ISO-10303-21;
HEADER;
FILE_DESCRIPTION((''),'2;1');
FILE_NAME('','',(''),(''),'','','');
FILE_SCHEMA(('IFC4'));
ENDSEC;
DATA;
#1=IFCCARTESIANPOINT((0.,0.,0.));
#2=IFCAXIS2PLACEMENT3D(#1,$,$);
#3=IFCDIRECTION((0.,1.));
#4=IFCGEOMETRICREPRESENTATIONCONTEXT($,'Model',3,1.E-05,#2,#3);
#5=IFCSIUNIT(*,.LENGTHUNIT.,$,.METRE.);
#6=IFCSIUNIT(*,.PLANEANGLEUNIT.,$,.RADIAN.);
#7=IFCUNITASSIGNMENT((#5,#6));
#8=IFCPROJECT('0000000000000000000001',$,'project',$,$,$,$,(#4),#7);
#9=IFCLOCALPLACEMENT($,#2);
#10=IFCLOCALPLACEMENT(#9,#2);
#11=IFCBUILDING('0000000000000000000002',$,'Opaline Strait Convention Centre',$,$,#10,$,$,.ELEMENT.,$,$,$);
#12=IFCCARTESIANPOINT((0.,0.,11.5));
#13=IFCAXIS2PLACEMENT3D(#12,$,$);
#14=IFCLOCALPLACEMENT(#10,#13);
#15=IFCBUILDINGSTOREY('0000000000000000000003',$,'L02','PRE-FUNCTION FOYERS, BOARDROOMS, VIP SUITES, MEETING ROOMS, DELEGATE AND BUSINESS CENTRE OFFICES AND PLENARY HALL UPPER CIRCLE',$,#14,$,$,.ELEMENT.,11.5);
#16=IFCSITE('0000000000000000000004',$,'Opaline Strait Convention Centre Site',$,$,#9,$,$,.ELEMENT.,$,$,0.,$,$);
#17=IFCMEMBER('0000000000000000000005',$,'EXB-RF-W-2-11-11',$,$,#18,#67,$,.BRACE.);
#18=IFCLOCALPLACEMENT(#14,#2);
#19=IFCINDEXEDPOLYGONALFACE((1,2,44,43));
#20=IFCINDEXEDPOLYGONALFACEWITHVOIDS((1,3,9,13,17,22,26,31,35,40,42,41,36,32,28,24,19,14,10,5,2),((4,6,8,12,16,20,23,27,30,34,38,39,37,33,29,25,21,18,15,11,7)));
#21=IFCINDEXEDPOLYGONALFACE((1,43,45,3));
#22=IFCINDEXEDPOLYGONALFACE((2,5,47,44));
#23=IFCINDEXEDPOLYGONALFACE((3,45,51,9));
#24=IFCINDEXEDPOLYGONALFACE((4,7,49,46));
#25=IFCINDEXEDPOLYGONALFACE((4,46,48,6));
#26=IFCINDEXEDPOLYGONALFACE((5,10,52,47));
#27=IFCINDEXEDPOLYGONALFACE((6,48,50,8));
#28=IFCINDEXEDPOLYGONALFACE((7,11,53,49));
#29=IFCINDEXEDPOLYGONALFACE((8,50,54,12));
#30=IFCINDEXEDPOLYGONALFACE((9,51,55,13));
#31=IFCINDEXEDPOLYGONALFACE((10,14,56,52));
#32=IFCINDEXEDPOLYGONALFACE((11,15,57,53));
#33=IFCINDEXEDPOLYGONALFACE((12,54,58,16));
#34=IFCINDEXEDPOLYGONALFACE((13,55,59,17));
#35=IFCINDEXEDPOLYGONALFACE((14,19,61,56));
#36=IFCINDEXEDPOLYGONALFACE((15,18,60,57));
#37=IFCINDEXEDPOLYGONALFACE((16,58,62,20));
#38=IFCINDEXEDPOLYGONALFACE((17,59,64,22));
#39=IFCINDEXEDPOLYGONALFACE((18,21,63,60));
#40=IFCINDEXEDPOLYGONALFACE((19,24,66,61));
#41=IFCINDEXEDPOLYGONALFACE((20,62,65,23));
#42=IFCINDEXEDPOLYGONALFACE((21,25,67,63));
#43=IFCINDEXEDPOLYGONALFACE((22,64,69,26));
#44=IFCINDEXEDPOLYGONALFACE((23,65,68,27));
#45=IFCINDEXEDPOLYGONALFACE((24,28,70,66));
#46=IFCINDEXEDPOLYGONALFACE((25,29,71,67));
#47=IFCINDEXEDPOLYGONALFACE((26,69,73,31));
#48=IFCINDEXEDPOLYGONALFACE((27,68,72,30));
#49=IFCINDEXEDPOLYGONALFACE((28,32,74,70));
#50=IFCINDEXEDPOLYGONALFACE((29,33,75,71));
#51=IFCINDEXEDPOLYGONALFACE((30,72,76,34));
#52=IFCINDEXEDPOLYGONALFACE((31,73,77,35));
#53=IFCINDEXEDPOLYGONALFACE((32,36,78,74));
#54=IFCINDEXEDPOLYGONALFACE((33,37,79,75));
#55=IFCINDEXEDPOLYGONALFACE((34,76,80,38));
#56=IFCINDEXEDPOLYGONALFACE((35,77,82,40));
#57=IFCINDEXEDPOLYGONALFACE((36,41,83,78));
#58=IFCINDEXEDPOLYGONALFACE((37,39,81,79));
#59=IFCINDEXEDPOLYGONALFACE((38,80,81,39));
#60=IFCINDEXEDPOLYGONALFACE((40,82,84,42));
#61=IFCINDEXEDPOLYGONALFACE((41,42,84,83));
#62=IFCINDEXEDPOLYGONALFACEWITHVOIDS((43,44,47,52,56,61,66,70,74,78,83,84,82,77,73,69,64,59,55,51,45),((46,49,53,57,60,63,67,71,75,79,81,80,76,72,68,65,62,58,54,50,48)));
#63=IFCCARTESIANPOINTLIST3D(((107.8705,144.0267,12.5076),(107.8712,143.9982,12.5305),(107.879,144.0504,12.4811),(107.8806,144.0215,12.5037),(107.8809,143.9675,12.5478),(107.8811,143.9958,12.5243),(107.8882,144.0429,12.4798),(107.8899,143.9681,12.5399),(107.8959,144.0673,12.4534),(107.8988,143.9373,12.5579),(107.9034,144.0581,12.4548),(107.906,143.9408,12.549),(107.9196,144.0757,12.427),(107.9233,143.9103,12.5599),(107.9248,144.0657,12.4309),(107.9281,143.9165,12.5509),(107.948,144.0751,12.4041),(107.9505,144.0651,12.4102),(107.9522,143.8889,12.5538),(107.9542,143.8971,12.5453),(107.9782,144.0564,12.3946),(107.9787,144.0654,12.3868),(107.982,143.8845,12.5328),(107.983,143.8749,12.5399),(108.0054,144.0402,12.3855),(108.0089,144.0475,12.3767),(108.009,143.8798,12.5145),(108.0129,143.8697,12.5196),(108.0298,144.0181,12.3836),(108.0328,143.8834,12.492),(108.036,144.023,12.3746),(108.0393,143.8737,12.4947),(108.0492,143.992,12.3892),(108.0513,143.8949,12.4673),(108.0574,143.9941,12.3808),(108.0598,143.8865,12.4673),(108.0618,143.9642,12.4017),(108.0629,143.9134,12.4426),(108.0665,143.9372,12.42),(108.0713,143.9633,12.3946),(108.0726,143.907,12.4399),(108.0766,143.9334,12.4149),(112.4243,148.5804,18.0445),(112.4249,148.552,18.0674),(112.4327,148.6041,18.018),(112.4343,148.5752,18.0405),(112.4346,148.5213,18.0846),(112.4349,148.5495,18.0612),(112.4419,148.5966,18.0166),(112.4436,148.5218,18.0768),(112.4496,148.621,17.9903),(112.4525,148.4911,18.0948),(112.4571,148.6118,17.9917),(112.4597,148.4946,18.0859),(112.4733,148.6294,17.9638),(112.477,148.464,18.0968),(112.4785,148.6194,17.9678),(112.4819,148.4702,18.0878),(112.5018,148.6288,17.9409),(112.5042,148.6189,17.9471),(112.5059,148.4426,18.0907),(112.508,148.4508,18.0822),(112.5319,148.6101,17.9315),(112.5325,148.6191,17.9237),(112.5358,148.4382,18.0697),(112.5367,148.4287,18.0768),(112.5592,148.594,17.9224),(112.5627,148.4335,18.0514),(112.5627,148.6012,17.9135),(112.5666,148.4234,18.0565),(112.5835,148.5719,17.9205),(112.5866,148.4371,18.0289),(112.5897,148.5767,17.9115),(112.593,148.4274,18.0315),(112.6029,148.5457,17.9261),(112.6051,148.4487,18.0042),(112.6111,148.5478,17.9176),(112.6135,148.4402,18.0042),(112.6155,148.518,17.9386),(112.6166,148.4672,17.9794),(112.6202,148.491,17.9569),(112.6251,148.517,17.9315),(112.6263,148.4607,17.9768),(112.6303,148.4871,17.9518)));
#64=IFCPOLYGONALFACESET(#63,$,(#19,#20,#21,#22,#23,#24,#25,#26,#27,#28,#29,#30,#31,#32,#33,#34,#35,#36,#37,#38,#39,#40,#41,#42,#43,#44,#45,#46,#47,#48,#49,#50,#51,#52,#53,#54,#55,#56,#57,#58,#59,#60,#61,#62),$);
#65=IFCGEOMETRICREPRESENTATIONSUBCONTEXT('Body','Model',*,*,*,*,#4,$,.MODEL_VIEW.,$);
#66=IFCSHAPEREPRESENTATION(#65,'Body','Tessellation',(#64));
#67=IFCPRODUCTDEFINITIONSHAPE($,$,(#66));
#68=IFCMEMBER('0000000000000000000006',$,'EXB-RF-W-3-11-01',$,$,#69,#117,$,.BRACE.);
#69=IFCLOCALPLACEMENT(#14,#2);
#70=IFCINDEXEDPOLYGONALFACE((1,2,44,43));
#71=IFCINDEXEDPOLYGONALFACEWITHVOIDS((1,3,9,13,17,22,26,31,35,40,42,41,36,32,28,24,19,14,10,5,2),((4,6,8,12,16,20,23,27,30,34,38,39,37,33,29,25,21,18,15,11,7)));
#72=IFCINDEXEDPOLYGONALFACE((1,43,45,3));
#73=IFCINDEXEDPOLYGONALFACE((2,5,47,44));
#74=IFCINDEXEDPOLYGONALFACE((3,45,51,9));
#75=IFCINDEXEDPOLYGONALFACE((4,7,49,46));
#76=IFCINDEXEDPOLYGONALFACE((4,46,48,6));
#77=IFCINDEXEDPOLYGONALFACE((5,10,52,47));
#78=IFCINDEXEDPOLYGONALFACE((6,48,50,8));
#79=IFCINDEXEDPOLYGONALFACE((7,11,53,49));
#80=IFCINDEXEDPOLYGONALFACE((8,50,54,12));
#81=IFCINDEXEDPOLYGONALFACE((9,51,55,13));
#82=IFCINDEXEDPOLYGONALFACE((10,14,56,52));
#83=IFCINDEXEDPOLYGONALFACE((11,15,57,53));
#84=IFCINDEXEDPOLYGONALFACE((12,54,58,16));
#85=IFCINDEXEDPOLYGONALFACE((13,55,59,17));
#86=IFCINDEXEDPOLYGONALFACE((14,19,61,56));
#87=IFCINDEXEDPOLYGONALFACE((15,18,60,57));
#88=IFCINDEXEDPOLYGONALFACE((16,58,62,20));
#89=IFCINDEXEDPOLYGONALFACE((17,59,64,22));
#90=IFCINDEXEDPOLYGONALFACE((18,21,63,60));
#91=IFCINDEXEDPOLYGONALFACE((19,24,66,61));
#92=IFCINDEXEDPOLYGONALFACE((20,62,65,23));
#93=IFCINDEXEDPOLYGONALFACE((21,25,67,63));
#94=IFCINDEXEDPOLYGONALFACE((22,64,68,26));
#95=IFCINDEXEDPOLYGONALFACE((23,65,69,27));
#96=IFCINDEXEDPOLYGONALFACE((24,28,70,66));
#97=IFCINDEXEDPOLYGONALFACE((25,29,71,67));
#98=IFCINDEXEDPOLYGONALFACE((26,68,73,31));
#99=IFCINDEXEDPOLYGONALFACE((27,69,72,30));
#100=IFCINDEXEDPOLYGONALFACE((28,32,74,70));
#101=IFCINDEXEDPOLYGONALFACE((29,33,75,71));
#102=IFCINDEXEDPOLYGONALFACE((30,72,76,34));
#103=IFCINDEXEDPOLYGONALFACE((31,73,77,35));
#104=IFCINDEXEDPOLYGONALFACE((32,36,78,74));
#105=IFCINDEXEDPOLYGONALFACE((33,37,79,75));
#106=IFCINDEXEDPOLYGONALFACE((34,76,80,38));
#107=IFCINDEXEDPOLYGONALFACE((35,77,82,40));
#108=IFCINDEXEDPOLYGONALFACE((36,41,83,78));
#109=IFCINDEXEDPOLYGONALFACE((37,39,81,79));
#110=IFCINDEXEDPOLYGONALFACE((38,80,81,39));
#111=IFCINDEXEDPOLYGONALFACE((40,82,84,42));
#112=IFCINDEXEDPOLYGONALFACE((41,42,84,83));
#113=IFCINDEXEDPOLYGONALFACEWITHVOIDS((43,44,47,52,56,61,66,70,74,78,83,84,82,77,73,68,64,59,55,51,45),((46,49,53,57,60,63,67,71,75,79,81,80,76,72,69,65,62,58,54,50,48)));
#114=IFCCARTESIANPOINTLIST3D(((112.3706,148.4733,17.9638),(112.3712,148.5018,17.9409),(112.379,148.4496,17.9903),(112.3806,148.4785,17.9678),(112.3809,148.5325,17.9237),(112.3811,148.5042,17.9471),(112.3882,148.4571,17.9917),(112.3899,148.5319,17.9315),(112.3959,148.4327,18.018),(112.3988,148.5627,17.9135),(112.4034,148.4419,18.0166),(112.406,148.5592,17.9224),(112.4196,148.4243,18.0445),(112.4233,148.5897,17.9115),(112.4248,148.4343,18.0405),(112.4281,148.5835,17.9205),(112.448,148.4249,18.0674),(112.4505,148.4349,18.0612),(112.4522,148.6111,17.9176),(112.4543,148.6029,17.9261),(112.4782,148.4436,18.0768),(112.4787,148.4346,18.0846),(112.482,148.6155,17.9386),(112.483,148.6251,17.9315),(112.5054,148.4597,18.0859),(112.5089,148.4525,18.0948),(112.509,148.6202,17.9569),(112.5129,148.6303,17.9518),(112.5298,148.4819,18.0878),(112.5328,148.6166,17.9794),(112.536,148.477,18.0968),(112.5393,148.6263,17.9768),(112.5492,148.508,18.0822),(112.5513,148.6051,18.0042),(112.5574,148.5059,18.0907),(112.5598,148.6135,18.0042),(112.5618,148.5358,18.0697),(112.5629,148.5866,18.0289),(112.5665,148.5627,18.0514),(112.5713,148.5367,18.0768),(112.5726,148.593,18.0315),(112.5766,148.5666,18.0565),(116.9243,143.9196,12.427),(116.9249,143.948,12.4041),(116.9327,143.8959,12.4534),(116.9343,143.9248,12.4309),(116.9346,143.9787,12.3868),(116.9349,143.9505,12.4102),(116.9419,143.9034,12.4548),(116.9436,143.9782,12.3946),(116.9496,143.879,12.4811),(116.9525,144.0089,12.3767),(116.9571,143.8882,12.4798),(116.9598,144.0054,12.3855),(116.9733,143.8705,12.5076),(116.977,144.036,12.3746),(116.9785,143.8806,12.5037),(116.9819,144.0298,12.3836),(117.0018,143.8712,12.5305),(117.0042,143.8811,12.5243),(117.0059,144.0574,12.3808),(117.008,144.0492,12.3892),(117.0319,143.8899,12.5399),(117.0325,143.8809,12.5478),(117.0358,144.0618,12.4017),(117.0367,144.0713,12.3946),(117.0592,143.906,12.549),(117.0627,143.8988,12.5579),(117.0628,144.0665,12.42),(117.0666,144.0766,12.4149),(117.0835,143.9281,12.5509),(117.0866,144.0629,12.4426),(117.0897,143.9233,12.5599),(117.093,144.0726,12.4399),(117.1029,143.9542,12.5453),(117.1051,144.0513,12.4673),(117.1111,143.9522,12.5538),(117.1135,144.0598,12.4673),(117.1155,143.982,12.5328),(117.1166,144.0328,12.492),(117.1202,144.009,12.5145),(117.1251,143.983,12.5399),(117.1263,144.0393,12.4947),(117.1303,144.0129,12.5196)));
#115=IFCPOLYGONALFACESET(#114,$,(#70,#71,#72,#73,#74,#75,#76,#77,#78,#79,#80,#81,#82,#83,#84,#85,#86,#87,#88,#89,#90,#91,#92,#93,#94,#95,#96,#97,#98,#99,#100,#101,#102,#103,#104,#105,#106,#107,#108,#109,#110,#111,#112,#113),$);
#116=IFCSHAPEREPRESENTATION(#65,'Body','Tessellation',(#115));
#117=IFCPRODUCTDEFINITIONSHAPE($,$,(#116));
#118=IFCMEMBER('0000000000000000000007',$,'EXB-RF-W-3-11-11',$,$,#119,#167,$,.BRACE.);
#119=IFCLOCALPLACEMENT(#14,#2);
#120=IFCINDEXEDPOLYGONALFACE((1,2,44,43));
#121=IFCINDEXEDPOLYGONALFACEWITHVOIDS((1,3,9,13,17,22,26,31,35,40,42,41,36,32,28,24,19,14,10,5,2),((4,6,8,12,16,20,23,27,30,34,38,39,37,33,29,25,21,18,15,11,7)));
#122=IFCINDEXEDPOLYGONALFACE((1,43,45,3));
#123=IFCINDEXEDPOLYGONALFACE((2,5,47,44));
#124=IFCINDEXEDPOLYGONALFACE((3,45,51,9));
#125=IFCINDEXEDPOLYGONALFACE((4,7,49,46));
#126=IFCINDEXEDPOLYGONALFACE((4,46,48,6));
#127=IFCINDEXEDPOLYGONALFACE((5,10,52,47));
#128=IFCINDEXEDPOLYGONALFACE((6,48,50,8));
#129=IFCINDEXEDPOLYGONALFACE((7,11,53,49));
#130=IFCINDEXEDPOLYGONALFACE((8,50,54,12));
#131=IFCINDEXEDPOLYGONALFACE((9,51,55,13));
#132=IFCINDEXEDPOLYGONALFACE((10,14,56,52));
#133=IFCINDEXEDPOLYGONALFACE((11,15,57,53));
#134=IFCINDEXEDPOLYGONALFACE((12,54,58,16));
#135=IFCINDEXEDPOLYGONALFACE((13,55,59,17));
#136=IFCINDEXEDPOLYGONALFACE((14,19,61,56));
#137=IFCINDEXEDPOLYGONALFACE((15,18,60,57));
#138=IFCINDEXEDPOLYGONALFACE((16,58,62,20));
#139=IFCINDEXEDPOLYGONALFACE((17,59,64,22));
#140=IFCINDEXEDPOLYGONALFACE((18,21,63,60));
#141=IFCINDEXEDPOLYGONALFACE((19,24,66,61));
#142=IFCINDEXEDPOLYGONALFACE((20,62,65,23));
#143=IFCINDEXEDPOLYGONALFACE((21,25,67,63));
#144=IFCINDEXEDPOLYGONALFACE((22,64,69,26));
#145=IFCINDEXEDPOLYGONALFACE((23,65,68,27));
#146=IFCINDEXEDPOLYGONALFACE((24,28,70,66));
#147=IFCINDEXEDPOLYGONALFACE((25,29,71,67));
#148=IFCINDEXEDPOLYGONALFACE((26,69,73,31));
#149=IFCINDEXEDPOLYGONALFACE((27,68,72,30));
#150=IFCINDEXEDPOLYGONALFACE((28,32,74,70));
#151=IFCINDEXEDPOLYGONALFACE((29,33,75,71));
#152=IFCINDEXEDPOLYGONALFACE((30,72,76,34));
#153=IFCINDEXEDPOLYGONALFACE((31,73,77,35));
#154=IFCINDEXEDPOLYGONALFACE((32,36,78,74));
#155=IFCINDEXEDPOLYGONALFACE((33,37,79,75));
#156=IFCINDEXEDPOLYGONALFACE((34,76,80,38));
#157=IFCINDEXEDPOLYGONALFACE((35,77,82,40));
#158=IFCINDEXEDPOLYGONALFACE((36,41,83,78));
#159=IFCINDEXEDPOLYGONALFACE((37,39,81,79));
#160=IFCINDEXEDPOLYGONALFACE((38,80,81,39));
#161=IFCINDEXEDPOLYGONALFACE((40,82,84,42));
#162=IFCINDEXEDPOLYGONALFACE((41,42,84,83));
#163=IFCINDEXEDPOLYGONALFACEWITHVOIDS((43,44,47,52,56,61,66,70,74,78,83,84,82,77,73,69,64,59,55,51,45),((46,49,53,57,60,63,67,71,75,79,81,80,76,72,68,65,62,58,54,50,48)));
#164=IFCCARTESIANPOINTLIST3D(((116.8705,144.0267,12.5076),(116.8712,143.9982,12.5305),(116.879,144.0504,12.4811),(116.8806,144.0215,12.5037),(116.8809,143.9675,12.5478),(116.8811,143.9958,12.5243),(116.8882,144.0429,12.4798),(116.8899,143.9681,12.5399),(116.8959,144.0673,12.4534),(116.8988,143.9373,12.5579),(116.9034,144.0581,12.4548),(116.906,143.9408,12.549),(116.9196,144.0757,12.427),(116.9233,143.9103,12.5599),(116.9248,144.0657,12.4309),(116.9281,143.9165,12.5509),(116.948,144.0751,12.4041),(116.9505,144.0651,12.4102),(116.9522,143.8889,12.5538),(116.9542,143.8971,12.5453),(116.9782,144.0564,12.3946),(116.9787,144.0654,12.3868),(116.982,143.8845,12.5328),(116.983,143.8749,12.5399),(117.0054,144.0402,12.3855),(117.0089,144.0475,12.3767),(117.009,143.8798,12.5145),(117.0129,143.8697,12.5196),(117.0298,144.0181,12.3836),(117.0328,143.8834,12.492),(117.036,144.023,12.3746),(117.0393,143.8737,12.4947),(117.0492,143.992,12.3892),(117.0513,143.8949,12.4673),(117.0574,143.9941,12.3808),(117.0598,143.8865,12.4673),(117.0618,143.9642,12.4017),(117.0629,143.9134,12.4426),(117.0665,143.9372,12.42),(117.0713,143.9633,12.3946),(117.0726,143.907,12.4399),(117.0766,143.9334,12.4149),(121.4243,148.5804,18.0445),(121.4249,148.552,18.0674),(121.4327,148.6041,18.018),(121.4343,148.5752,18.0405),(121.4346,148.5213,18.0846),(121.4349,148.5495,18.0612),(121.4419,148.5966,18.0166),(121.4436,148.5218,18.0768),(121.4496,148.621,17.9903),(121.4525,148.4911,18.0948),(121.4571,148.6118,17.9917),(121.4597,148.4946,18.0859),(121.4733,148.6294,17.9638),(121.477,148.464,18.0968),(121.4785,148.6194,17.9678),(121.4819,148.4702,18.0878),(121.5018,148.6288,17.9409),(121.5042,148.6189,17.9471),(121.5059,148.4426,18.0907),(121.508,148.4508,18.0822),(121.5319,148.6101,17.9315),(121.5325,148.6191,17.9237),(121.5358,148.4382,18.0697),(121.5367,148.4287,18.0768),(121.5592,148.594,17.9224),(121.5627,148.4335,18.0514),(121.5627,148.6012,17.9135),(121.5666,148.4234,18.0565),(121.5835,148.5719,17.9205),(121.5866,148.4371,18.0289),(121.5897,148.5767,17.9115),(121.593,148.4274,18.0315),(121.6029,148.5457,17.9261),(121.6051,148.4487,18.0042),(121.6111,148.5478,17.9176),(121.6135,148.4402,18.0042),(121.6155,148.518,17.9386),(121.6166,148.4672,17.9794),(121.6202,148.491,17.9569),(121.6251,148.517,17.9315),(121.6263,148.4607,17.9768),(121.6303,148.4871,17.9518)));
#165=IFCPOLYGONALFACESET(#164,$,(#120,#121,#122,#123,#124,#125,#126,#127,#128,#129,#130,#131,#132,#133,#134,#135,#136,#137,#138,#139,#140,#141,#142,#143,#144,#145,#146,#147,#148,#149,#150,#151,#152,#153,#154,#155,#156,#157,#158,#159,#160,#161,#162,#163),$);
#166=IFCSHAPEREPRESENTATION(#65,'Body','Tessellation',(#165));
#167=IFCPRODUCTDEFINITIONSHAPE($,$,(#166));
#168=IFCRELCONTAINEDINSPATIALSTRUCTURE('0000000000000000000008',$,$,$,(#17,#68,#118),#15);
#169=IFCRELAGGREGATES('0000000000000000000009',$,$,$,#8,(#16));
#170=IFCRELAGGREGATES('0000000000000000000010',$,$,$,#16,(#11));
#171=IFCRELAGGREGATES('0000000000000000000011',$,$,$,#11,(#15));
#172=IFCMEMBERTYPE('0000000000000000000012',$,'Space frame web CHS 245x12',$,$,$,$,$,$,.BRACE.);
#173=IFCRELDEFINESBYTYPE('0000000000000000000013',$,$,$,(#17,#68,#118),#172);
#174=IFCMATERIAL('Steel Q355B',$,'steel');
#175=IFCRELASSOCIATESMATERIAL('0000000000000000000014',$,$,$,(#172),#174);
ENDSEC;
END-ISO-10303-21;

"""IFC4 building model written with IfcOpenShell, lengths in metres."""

from ifc_helpers import new_model, si_unit, direction, frame, origin, origin_2d, place, context, subcontext, project, spatial, hollow_circle, extrude, material, material_profile, profile_set, type_object, element, save


model = new_model("IFC4")

# Units and contexts
model_context = context("Model", 3, precision=1e-05, world=origin(), true_north=direction((0.0, 1.0)))
body_context = subcontext(model_context, "Body", "Model", "MODEL_VIEW")
ifc_project = project(units=[si_unit("LENGTHUNIT", "METRE"), si_unit("PLANEANGLEUNIT", "RADIAN")], contexts=[model_context])

# Site, building, storey
site_placement = place(None, origin())
site = spatial("IfcSite", under=ifc_project, at=site_placement, Name="Opaline Strait Convention Centre Site", CompositionType="ELEMENT", RefElevation=0.0)
building_placement = place(site_placement, origin())
building = spatial("IfcBuilding", under=site, at=building_placement, Name="Opaline Strait Convention Centre", CompositionType="ELEMENT")
storey_placement = place(building_placement, frame((0.0, 0.0, 11.5)))
storey = spatial("IfcBuildingStorey", under=building, at=storey_placement, Name="L02", Description="PRE-FUNCTION FOYERS, BOARDROOMS, VIP SUITES, MEETING ROOMS, DELEGATE AND BUSINESS CENTRE OFFICES AND PLENARY HALL UPPER CIRCLE", CompositionType="ELEMENT", Elevation=11.5)

# Members
ifc_material_1 = material(Name="Steel Q355B", Category="steel")
ifc_material_profile_1 = material_profile(ifc_material_1, hollow_circle(Radius=0.1226, WallThickness=0.012, at=origin_2d()), Name="CHS 245x12")
ifc_profile_set_1 = profile_set([ifc_material_profile_1], Name="Steel Q355B")
member_type_1 = type_object("IfcMemberType", Name="Space frame web CHS 245x12", PredefinedType="BRACE", material=ifc_profile_set_1)
for number, where, z_axis, x_axis, name in (
    (1, (112.5269, 148.5269, 18.0042), (-0.536178, -0.536178, -0.65194), (0.707107, -0.707107, 0.0), "EXB-RF-W-2-11-11"),
    (2, (112.4731, 148.5269, 18.0042), (0.536178, -0.536178, -0.65194), (0.707107, 0.707107, 0.0), "EXB-RF-W-3-11-01"),
    (3, (121.5269, 148.5269, 18.0042), (-0.536178, -0.536178, -0.65194), (0.707107, -0.707107, 0.0), "EXB-RF-W-3-11-11"),
):
    element("IfcMember", number, at=place(storey_placement, frame(where, z_axis=z_axis, x_axis=x_axis)), inside=storey, type_object=member_type_1, Name=name, PredefinedType="BRACE", context=body_context, shape_type="SweptSolid", body=[
        extrude(hollow_circle(Radius=0.1226, WallThickness=0.012, at=origin_2d()), origin(), (0.0, 0.0, 1.0), 8.4929),
    ])

save(model, "model.ifc")
